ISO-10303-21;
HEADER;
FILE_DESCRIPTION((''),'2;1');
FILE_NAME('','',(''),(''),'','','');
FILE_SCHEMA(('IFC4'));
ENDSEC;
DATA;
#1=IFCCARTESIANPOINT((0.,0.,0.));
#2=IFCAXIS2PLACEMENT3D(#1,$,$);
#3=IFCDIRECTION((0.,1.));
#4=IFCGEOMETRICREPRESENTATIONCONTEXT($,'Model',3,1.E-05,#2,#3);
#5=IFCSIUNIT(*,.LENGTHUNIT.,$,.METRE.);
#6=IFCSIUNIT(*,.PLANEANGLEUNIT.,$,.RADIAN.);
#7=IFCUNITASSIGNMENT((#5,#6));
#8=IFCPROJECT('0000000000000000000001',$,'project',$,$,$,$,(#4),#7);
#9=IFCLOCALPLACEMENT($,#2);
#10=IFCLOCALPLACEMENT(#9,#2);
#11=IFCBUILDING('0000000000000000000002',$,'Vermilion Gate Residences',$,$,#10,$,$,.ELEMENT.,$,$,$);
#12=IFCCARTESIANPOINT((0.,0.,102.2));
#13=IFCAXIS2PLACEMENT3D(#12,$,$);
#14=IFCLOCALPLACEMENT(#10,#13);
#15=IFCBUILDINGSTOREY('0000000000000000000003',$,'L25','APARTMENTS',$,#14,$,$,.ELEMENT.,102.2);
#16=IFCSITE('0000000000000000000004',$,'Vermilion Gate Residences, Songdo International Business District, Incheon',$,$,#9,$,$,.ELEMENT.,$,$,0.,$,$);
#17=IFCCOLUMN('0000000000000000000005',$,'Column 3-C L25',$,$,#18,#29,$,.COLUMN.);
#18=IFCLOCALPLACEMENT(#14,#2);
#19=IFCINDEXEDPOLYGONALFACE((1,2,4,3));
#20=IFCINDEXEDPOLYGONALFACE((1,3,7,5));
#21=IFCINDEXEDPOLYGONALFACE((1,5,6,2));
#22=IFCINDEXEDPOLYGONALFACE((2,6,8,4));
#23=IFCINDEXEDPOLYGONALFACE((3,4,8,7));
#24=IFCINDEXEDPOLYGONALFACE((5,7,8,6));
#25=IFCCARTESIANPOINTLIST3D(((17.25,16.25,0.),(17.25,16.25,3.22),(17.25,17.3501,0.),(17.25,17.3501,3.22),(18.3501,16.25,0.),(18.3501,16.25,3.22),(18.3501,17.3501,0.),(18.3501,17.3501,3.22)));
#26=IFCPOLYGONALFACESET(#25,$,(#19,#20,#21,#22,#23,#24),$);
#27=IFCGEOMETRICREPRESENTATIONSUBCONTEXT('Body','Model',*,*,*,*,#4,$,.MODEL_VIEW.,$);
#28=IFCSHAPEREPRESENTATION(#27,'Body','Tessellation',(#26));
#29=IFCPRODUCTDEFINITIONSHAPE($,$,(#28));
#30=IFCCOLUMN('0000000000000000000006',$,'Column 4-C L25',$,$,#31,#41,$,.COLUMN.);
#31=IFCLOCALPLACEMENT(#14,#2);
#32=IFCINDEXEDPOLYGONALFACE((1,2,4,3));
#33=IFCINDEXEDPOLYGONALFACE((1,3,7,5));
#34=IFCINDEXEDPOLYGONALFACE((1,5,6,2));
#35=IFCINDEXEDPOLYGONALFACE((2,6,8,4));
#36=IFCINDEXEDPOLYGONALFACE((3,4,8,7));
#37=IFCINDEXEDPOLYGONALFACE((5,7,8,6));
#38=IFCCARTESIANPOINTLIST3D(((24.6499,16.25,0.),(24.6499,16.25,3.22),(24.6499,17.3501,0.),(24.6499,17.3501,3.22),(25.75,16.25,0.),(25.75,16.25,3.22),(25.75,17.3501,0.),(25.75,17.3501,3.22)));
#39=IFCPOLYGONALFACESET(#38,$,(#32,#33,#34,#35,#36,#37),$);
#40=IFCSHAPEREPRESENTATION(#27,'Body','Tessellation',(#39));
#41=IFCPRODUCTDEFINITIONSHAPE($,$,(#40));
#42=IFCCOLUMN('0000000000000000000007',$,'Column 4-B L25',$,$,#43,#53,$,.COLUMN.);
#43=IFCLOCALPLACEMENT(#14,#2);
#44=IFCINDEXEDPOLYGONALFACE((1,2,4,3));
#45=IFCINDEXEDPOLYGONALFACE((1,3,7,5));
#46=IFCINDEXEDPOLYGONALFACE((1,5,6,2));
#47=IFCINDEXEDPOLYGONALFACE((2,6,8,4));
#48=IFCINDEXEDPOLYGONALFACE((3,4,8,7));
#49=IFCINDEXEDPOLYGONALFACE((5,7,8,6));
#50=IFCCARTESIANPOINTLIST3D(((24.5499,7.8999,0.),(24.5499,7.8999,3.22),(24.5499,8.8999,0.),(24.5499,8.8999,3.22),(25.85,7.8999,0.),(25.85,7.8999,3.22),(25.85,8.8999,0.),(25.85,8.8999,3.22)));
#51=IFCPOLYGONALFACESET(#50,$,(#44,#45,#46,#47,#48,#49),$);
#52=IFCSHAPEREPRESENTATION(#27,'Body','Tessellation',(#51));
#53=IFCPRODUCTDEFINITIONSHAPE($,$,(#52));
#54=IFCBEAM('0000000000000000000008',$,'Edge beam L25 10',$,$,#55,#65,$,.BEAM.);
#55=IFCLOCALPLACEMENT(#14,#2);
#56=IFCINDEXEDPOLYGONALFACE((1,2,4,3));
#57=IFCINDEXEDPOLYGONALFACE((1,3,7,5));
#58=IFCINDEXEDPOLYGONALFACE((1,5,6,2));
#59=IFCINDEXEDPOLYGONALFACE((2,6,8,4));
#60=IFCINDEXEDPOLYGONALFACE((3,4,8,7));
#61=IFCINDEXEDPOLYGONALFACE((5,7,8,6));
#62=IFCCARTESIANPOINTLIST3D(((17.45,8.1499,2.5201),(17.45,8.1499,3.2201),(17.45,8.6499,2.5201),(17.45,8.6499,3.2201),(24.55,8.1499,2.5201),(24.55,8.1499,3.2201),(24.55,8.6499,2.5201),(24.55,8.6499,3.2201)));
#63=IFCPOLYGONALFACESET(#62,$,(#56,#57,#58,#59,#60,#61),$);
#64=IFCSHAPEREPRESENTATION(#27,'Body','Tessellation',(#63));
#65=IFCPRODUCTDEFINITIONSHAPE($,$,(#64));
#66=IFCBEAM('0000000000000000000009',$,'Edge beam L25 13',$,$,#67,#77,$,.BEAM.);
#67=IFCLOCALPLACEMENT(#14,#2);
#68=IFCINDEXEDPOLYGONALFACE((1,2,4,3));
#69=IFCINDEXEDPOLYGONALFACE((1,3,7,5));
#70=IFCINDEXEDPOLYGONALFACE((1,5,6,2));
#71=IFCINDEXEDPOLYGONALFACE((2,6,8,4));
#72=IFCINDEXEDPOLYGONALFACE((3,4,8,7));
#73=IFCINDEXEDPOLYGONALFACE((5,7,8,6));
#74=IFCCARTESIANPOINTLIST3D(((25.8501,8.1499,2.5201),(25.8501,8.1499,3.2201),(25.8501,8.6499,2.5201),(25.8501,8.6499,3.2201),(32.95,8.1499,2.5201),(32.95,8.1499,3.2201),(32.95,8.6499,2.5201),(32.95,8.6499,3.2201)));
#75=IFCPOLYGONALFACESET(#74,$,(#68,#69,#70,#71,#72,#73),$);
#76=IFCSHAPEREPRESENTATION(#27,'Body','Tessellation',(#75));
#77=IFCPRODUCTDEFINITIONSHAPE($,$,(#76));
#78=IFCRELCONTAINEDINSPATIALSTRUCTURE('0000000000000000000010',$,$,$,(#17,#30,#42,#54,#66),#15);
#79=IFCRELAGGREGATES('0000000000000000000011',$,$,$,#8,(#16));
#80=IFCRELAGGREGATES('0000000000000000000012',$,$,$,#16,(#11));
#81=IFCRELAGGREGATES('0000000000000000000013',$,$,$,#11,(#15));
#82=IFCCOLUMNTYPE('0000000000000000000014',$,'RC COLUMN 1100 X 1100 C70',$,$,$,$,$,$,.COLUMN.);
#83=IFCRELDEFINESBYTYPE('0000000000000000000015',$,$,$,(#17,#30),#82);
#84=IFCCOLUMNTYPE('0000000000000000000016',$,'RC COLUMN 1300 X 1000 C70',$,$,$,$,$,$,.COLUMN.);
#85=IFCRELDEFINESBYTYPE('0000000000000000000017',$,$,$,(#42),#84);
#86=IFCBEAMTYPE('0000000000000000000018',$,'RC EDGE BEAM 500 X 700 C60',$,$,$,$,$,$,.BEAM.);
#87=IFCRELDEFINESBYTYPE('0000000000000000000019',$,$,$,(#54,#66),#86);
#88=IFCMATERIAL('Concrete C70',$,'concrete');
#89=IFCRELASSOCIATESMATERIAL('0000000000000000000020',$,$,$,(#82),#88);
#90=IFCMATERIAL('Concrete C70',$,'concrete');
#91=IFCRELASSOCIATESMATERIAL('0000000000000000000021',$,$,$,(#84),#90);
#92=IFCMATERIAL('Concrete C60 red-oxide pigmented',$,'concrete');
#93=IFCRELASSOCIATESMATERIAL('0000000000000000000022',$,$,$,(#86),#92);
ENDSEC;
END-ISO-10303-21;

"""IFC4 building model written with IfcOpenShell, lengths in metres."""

from ifc_helpers import new_model, si_unit, direction, frame, origin, origin_2d, place, context, subcontext, project, spatial, rectangle, extrude, material, material_profile, profile_set, type_object, element, save


model = new_model("IFC4")

# Units and contexts
model_context = context("Model", 3, precision=1e-05, world=origin(), true_north=direction((0.0, 1.0)))
body_context = subcontext(model_context, "Body", "Model", "MODEL_VIEW")
ifc_project = project(units=[si_unit("LENGTHUNIT", "METRE"), si_unit("PLANEANGLEUNIT", "RADIAN")], contexts=[model_context])

# Site, building, storey
site_placement = place(None, origin())
site = spatial("IfcSite", under=ifc_project, at=site_placement, Name="Vermilion Gate Residences, Songdo International Business District, Incheon", CompositionType="ELEMENT", RefElevation=0.0)
building_placement = place(site_placement, origin())
building = spatial("IfcBuilding", under=site, at=building_placement, Name="Vermilion Gate Residences", CompositionType="ELEMENT")
storey_placement = place(building_placement, frame((0.0, 0.0, 102.2)))
storey = spatial("IfcBuildingStorey", under=building, at=storey_placement, Name="L25", Description="APARTMENTS", CompositionType="ELEMENT", Elevation=102.2)

# Columns
ifc_material_1 = material(Name="Concrete C70", Category="concrete")
ifc_material_profile_1 = material_profile(ifc_material_1, rectangle(XDim=1.1001, YDim=1.1001, at=origin_2d()), Name="RC-1100x1100")
ifc_profile_set_1 = profile_set([ifc_material_profile_1], Name="Concrete C70")
column_type_1 = type_object("IfcColumnType", Name="RC COLUMN 1100 X 1100 C70", PredefinedType="COLUMN", material=ifc_profile_set_1)
for number, where, z_axis, x_axis, name in (
    (1, (17.8, 16.8, 0.0), (0.0, 0.0, 1.0), (1.0, 0.0, 0.0), "Column 3-C L25"),
    (2, (25.2, 16.8, 0.0), (0.0, 0.0, 1.0), (1.0, 0.0, 0.0), "Column 4-C L25"),
):
    element("IfcColumn", number, at=place(storey_placement, frame(where, z_axis=z_axis, x_axis=x_axis)), inside=storey, type_object=column_type_1, Name=name, PredefinedType="COLUMN", context=body_context, shape_type="SweptSolid", body=[
        extrude(rectangle(XDim=1.1001, YDim=1.1001, at=origin_2d()), origin(), (0.0, 0.0, 1.0), 3.22),
    ])
ifc_material_2 = material(Name="Concrete C70", Category="concrete")
ifc_material_profile_2 = material_profile(ifc_material_2, rectangle(XDim=1.3, YDim=1.0, at=origin_2d()), Name="RC-1300x1000")
ifc_profile_set_2 = profile_set([ifc_material_profile_2], Name="Concrete C70")
column_type_2 = type_object("IfcColumnType", Name="RC COLUMN 1300 X 1000 C70", PredefinedType="COLUMN", material=ifc_profile_set_2)
column_placement = place(storey_placement, frame((25.2, 8.3999, 0.0), z_axis=(0.0, 0.0, 1.0), x_axis=(1.0, 0.0, 0.0)))
element("IfcColumn", 3, at=column_placement, inside=storey, type_object=column_type_2, Name="Column 4-B L25", PredefinedType="COLUMN", context=body_context, shape_type="SweptSolid", body=[
    extrude(rectangle(XDim=1.3, YDim=1.0, at=origin_2d()), origin(), (0.0, 0.0, 1.0), 3.22),
])

# Beams
ifc_material_3 = material(Name="Concrete C60 red-oxide pigmented", Category="concrete")
ifc_material_profile_3 = material_profile(ifc_material_3, rectangle(XDim=0.5, YDim=0.7, at=origin_2d()), Name="RC-500x700")
ifc_profile_set_3 = profile_set([ifc_material_profile_3], Name="Concrete C60 red-oxide pigmented")
beam_type = type_object("IfcBeamType", Name="RC EDGE BEAM 500 X 700 C60", PredefinedType="BEAM", material=ifc_profile_set_3)
beam_1_placement = place(storey_placement, frame((17.45, 8.3999, 2.8701), z_axis=(1.0, 0.0, 0.0), x_axis=(0.0, 1.0, 0.0)))
element("IfcBeam", 4, at=beam_1_placement, inside=storey, type_object=beam_type, Name="Edge beam L25 10", PredefinedType="BEAM", context=body_context, shape_type="SweptSolid", body=[
    extrude(rectangle(XDim=0.5, YDim=0.7, at=origin_2d()), origin(), (0.0, 0.0, 1.0), 7.1001),
])
beam_2_placement = place(storey_placement, frame((25.8501, 8.3999, 2.8701), z_axis=(1.0, 0.0, 0.0), x_axis=(0.0, 1.0, 0.0)))
element("IfcBeam", 5, at=beam_2_placement, inside=storey, type_object=beam_type, Name="Edge beam L25 13", PredefinedType="BEAM", context=body_context, shape_type="SweptSolid", body=[
    extrude(rectangle(XDim=0.5, YDim=0.7, at=origin_2d()), origin(), (0.0, 0.0, 1.0), 7.0999),
])

save(model, "model.ifc")
